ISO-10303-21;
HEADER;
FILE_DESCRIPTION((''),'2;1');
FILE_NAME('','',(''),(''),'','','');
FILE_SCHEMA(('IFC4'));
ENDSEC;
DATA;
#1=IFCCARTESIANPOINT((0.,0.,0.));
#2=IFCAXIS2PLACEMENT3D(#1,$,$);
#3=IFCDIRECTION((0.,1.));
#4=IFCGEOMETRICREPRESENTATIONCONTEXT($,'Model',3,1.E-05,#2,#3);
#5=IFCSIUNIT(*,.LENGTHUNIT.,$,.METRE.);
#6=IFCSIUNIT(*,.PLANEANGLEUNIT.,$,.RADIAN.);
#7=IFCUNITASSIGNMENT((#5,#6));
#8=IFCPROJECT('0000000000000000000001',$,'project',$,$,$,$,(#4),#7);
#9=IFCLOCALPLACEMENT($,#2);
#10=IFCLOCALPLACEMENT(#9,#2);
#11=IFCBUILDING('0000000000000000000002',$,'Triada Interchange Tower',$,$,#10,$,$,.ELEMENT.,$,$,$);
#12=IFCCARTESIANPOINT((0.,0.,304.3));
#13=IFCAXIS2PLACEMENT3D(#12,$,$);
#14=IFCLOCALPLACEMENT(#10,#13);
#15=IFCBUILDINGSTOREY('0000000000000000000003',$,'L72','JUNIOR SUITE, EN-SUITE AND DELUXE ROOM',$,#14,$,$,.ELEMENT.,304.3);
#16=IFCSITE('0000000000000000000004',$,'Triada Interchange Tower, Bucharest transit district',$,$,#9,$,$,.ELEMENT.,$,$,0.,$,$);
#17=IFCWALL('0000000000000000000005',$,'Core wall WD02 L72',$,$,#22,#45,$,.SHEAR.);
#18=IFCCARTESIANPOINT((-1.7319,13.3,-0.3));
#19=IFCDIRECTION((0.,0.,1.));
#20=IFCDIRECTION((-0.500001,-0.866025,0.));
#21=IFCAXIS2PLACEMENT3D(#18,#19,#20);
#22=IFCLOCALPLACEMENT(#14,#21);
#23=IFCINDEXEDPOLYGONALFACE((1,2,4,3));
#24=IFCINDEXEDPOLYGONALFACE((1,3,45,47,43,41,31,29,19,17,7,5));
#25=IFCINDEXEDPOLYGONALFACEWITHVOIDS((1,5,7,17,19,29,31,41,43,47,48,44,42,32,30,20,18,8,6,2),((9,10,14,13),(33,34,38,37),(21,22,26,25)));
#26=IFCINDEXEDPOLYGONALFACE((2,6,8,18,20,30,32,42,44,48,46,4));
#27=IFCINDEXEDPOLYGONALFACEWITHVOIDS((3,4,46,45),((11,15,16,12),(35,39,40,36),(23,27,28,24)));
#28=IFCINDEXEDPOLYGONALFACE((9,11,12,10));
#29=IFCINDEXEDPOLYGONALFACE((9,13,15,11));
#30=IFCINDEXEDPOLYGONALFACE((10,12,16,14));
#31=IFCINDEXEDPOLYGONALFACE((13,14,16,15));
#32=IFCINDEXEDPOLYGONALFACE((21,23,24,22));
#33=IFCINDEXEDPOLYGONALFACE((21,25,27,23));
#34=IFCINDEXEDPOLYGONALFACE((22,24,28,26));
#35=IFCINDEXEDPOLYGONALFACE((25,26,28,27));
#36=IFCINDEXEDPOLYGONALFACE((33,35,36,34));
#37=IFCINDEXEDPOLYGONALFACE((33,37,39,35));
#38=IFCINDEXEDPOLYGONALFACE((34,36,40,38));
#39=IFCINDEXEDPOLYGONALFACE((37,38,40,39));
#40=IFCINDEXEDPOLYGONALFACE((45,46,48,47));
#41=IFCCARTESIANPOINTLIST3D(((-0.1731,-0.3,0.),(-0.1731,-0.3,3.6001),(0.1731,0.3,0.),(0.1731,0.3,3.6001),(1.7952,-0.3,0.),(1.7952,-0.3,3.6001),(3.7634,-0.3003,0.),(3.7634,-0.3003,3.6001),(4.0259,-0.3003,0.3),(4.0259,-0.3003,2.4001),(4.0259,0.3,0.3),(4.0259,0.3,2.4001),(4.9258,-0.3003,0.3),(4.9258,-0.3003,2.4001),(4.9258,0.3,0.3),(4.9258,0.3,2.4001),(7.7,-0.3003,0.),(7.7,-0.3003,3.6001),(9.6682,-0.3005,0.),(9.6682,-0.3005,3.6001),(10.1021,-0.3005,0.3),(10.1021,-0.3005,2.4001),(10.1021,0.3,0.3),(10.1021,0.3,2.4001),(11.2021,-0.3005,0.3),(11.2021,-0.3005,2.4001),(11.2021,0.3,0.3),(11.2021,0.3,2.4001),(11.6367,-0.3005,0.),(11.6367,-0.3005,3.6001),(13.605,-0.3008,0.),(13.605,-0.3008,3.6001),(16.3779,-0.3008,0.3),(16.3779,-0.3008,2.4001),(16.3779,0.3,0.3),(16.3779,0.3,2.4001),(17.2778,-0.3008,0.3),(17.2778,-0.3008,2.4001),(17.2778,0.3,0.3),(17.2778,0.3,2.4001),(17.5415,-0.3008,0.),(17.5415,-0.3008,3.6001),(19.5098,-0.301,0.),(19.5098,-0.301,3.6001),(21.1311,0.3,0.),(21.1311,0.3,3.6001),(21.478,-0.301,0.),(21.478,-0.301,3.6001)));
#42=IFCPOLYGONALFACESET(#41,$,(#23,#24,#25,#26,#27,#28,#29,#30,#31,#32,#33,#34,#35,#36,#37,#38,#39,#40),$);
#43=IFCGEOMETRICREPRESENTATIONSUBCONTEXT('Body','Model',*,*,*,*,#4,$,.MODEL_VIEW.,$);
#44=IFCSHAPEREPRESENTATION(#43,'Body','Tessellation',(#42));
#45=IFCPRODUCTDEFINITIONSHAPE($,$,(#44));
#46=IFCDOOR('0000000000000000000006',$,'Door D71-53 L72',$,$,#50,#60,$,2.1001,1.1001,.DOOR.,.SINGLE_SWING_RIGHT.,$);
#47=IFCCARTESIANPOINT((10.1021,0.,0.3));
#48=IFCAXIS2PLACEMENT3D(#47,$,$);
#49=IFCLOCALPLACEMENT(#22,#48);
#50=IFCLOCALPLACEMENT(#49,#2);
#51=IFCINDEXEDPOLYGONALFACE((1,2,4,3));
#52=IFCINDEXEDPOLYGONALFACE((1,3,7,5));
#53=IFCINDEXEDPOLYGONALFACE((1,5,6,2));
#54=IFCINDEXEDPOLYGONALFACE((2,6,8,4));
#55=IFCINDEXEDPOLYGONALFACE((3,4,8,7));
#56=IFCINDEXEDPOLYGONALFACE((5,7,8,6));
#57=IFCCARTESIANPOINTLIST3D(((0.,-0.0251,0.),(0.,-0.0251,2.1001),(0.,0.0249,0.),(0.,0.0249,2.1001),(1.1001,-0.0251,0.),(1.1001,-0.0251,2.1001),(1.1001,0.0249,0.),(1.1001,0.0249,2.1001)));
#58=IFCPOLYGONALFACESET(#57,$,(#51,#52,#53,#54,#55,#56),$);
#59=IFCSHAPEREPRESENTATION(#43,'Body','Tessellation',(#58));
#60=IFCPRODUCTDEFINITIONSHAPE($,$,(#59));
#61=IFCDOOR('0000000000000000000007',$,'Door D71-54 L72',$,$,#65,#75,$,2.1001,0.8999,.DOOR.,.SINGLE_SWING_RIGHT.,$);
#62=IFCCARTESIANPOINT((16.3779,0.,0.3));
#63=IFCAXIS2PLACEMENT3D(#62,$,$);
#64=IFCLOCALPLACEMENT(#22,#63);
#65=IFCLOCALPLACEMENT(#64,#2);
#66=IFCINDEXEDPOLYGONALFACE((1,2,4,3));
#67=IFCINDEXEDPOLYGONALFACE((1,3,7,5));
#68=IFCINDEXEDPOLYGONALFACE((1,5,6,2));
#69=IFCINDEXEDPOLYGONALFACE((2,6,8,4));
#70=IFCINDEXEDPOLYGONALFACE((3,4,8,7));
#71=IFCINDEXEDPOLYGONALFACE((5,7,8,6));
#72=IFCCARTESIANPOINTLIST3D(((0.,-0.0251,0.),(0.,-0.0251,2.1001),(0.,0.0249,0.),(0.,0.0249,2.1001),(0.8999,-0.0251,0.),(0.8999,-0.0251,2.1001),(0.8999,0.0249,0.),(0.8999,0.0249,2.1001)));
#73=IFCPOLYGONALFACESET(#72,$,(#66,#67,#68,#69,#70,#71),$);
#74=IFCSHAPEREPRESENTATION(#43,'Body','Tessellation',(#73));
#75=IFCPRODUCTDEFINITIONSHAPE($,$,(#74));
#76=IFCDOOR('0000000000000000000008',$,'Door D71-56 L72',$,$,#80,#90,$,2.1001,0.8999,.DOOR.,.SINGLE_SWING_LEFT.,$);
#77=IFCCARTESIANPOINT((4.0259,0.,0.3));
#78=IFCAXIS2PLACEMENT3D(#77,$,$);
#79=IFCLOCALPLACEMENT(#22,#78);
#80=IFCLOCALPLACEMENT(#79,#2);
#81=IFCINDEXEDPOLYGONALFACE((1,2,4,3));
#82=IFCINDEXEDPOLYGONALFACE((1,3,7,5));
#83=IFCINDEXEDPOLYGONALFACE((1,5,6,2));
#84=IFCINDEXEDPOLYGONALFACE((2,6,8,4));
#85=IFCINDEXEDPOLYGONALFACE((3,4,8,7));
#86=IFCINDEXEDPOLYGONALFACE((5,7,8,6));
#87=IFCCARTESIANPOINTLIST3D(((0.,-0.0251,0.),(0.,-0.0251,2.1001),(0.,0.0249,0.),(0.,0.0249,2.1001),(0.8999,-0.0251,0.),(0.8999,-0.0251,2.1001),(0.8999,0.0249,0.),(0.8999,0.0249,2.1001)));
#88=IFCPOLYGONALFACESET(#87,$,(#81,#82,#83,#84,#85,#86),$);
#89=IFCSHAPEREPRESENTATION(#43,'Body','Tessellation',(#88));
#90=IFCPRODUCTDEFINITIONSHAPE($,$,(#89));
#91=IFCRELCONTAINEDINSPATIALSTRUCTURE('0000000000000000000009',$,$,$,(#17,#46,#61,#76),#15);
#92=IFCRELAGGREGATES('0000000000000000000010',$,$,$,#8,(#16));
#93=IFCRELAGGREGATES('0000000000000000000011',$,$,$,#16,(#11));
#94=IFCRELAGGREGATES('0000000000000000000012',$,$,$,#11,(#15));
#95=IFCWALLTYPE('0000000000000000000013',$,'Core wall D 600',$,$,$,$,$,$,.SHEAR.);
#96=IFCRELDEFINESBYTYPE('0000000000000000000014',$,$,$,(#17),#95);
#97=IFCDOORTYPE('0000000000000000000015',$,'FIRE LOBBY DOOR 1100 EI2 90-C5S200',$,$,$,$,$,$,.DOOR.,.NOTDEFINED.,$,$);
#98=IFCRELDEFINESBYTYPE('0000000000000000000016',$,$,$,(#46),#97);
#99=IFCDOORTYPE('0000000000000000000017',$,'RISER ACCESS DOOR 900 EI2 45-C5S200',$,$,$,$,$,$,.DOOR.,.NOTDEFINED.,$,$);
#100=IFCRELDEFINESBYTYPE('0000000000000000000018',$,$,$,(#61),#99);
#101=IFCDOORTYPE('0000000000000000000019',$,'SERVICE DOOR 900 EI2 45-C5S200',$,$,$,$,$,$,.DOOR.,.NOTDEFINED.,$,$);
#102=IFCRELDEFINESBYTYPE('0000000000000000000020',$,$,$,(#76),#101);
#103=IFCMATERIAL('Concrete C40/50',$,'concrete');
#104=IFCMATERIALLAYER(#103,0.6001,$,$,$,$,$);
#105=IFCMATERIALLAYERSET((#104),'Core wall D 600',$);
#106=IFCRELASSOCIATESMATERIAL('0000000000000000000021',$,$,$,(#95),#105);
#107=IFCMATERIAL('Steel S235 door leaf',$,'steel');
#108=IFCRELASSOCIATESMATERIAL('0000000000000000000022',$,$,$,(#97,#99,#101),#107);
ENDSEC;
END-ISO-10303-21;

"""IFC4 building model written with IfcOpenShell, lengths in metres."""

from ifc_helpers import new_model, si_unit, direction, frame, frame_2d, origin, place, context, subcontext, project, spatial, polyline, rectangle, outline, extrude, material, layer, layer_set, type_object, element, fill, save


model = new_model("IFC4")

# Units and contexts
model_context = context("Model", 3, precision=1e-05, world=origin(), true_north=direction((0.0, 1.0)))
body_context = subcontext(model_context, "Body", "Model", "MODEL_VIEW")
ifc_project = project(units=[si_unit("LENGTHUNIT", "METRE"), si_unit("PLANEANGLEUNIT", "RADIAN")], contexts=[model_context])

# Site, building, storey
site_placement = place(None, origin())
site = spatial("IfcSite", under=ifc_project, at=site_placement, Name="Triada Interchange Tower, Bucharest transit district", CompositionType="ELEMENT", RefElevation=0.0)
building_placement = place(site_placement, origin())
building = spatial("IfcBuilding", under=site, at=building_placement, Name="Triada Interchange Tower", CompositionType="ELEMENT")
storey_placement = place(building_placement, frame((0.0, 0.0, 304.3)))
storey = spatial("IfcBuildingStorey", under=building, at=storey_placement, Name="L72", Description="JUNIOR SUITE, EN-SUITE AND DELUXE ROOM", CompositionType="ELEMENT", Elevation=304.3)

# Shared definitions
ifc_material_1 = material(Name="Concrete C40/50", Category="concrete")

# Wall, openings, doors
ifc_layer_1 = layer(ifc_material_1, 0.6001)
ifc_layer_set_1 = layer_set([ifc_layer_1], Name="Core wall D 600")
wall_type_1 = type_object("IfcWallType", Name="Core wall D 600", PredefinedType="SHEAR", material=ifc_layer_set_1)
wall_1_placement = place(storey_placement, frame((-1.7319, 13.3, -0.3), z_axis=(0.0, 0.0, 1.0), x_axis=(-0.500001, -0.866025, 0.0)))
wall_1 = element("IfcWall", 1, at=wall_1_placement, inside=storey, type_object=wall_type_1, Name="Core wall WD02 L72", PredefinedType="SHEAR", context=body_context, shape_type="SweptSolid", body=[
    extrude(outline(polyline([(-0.1731, -0.3), (1.7952, -0.3), (3.7634, -0.3003), (5.7317, -0.3003), (7.7, -0.3003), (9.6682, -0.3005), (11.6367, -0.3005), (13.605, -0.3008), (15.5732, -0.3008), (17.5415, -0.3008), (19.5098, -0.301), (21.478, -0.301), (21.1311, 0.3), (19.2258, 0.3), (17.3206, 0.3), (15.4153, 0.3), (13.51, 0.3), (11.6047, 0.3), (9.6995, 0.3), (7.7942, 0.3), (5.8889, 0.3), (3.9836, 0.3), (2.0784, 0.3), (0.1731, 0.3), (-0.1731, -0.3)])), origin(), (0.0, 0.0, 1.0), 3.6001),
])
opening_1_placement = place(wall_1_placement, frame((10.1021, 0.0, 0.3)))
opening_1 = element("IfcOpeningElement", 2, at=opening_1_placement, cuts=wall_1, PredefinedType="OPENING", context=body_context, shape_type="SweptSolid", body=[
    extrude(rectangle(XDim=1.1001, YDim=2.1001, at=frame_2d((0.55, 1.05))), frame((0.0, 0.3101, 0.0), z_axis=(0.0, -1.0, 0.0), x_axis=(1.0, 0.0, 0.0)), (0.0, 0.0, 1.0), 0.6211),
])
opening_2_placement = place(wall_1_placement, frame((16.3779, 0.0, 0.3)))
opening_2 = element("IfcOpeningElement", 3, at=opening_2_placement, cuts=wall_1, PredefinedType="OPENING", context=body_context, shape_type="SweptSolid", body=[
    extrude(rectangle(XDim=0.8999, YDim=2.1001, at=frame_2d((0.45, 1.05))), frame((0.0, 0.3101, 0.0), z_axis=(0.0, -1.0, 0.0), x_axis=(1.0, 0.0, 0.0)), (0.0, 0.0, 1.0), 0.6211),
])
opening_3_placement = place(wall_1_placement, frame((4.0259, 0.0, 0.3)))
opening_3 = element("IfcOpeningElement", 4, at=opening_3_placement, cuts=wall_1, PredefinedType="OPENING", context=body_context, shape_type="SweptSolid", body=[
    extrude(rectangle(XDim=0.8999, YDim=2.1001, at=frame_2d((0.45, 1.05))), frame((0.0, 0.3101, 0.0), z_axis=(0.0, -1.0, 0.0), x_axis=(1.0, 0.0, 0.0)), (0.0, 0.0, 1.0), 0.6211),
])
ifc_material_2 = material(Name="Steel S235 door leaf", Category="steel")
door_type_1 = type_object("IfcDoorType", Name="FIRE LOBBY DOOR 1100 EI2 90-C5S200", OperationType="NOTDEFINED", PredefinedType="DOOR", material=ifc_material_2)
door_1_placement = place(opening_1_placement, origin())
door_1 = element("IfcDoor", 5, at=door_1_placement, inside=storey, type_object=door_type_1, Name="Door D71-53 L72", OperationType="SINGLE_SWING_RIGHT", OverallHeight=2.1001, OverallWidth=1.1001, PredefinedType="DOOR", context=body_context, shape_type="SweptSolid", body=[
    extrude(rectangle(XDim=1.1001, YDim=2.1001, at=frame_2d((0.55, 1.05))), frame((0.0, 0.0249, 0.0), z_axis=(0.0, -1.0, 0.0), x_axis=(1.0, 0.0, 0.0)), (0.0, 0.0, 1.0), 0.05),
])
fill(opening_1, door_1)
door_type_2 = type_object("IfcDoorType", Name="RISER ACCESS DOOR 900 EI2 45-C5S200", OperationType="NOTDEFINED", PredefinedType="DOOR", material=ifc_material_2)
door_2_placement = place(opening_2_placement, origin())
door_2 = element("IfcDoor", 6, at=door_2_placement, inside=storey, type_object=door_type_2, Name="Door D71-54 L72", OperationType="SINGLE_SWING_RIGHT", OverallHeight=2.1001, OverallWidth=0.8999, PredefinedType="DOOR", context=body_context, shape_type="SweptSolid", body=[
    extrude(rectangle(XDim=0.8999, YDim=2.1001, at=frame_2d((0.45, 1.05))), frame((0.0, 0.0249, 0.0), z_axis=(0.0, -1.0, 0.0), x_axis=(1.0, 0.0, 0.0)), (0.0, 0.0, 1.0), 0.05),
])
fill(opening_2, door_2)
door_type_3 = type_object("IfcDoorType", Name="SERVICE DOOR 900 EI2 45-C5S200", OperationType="NOTDEFINED", PredefinedType="DOOR", material=ifc_material_2)
door_3_placement = place(opening_3_placement, origin())
door_3 = element("IfcDoor", 7, at=door_3_placement, inside=storey, type_object=door_type_3, Name="Door D71-56 L72", OperationType="SINGLE_SWING_LEFT", OverallHeight=2.1001, OverallWidth=0.8999, PredefinedType="DOOR", context=body_context, shape_type="SweptSolid", body=[
    extrude(rectangle(XDim=0.8999, YDim=2.1001, at=frame_2d((0.45, 1.05))), frame((0.0, 0.0249, 0.0), z_axis=(0.0, -1.0, 0.0), x_axis=(1.0, 0.0, 0.0)), (0.0, 0.0, 1.0), 0.05),
])
fill(opening_3, door_3)

save(model, "model.ifc")
